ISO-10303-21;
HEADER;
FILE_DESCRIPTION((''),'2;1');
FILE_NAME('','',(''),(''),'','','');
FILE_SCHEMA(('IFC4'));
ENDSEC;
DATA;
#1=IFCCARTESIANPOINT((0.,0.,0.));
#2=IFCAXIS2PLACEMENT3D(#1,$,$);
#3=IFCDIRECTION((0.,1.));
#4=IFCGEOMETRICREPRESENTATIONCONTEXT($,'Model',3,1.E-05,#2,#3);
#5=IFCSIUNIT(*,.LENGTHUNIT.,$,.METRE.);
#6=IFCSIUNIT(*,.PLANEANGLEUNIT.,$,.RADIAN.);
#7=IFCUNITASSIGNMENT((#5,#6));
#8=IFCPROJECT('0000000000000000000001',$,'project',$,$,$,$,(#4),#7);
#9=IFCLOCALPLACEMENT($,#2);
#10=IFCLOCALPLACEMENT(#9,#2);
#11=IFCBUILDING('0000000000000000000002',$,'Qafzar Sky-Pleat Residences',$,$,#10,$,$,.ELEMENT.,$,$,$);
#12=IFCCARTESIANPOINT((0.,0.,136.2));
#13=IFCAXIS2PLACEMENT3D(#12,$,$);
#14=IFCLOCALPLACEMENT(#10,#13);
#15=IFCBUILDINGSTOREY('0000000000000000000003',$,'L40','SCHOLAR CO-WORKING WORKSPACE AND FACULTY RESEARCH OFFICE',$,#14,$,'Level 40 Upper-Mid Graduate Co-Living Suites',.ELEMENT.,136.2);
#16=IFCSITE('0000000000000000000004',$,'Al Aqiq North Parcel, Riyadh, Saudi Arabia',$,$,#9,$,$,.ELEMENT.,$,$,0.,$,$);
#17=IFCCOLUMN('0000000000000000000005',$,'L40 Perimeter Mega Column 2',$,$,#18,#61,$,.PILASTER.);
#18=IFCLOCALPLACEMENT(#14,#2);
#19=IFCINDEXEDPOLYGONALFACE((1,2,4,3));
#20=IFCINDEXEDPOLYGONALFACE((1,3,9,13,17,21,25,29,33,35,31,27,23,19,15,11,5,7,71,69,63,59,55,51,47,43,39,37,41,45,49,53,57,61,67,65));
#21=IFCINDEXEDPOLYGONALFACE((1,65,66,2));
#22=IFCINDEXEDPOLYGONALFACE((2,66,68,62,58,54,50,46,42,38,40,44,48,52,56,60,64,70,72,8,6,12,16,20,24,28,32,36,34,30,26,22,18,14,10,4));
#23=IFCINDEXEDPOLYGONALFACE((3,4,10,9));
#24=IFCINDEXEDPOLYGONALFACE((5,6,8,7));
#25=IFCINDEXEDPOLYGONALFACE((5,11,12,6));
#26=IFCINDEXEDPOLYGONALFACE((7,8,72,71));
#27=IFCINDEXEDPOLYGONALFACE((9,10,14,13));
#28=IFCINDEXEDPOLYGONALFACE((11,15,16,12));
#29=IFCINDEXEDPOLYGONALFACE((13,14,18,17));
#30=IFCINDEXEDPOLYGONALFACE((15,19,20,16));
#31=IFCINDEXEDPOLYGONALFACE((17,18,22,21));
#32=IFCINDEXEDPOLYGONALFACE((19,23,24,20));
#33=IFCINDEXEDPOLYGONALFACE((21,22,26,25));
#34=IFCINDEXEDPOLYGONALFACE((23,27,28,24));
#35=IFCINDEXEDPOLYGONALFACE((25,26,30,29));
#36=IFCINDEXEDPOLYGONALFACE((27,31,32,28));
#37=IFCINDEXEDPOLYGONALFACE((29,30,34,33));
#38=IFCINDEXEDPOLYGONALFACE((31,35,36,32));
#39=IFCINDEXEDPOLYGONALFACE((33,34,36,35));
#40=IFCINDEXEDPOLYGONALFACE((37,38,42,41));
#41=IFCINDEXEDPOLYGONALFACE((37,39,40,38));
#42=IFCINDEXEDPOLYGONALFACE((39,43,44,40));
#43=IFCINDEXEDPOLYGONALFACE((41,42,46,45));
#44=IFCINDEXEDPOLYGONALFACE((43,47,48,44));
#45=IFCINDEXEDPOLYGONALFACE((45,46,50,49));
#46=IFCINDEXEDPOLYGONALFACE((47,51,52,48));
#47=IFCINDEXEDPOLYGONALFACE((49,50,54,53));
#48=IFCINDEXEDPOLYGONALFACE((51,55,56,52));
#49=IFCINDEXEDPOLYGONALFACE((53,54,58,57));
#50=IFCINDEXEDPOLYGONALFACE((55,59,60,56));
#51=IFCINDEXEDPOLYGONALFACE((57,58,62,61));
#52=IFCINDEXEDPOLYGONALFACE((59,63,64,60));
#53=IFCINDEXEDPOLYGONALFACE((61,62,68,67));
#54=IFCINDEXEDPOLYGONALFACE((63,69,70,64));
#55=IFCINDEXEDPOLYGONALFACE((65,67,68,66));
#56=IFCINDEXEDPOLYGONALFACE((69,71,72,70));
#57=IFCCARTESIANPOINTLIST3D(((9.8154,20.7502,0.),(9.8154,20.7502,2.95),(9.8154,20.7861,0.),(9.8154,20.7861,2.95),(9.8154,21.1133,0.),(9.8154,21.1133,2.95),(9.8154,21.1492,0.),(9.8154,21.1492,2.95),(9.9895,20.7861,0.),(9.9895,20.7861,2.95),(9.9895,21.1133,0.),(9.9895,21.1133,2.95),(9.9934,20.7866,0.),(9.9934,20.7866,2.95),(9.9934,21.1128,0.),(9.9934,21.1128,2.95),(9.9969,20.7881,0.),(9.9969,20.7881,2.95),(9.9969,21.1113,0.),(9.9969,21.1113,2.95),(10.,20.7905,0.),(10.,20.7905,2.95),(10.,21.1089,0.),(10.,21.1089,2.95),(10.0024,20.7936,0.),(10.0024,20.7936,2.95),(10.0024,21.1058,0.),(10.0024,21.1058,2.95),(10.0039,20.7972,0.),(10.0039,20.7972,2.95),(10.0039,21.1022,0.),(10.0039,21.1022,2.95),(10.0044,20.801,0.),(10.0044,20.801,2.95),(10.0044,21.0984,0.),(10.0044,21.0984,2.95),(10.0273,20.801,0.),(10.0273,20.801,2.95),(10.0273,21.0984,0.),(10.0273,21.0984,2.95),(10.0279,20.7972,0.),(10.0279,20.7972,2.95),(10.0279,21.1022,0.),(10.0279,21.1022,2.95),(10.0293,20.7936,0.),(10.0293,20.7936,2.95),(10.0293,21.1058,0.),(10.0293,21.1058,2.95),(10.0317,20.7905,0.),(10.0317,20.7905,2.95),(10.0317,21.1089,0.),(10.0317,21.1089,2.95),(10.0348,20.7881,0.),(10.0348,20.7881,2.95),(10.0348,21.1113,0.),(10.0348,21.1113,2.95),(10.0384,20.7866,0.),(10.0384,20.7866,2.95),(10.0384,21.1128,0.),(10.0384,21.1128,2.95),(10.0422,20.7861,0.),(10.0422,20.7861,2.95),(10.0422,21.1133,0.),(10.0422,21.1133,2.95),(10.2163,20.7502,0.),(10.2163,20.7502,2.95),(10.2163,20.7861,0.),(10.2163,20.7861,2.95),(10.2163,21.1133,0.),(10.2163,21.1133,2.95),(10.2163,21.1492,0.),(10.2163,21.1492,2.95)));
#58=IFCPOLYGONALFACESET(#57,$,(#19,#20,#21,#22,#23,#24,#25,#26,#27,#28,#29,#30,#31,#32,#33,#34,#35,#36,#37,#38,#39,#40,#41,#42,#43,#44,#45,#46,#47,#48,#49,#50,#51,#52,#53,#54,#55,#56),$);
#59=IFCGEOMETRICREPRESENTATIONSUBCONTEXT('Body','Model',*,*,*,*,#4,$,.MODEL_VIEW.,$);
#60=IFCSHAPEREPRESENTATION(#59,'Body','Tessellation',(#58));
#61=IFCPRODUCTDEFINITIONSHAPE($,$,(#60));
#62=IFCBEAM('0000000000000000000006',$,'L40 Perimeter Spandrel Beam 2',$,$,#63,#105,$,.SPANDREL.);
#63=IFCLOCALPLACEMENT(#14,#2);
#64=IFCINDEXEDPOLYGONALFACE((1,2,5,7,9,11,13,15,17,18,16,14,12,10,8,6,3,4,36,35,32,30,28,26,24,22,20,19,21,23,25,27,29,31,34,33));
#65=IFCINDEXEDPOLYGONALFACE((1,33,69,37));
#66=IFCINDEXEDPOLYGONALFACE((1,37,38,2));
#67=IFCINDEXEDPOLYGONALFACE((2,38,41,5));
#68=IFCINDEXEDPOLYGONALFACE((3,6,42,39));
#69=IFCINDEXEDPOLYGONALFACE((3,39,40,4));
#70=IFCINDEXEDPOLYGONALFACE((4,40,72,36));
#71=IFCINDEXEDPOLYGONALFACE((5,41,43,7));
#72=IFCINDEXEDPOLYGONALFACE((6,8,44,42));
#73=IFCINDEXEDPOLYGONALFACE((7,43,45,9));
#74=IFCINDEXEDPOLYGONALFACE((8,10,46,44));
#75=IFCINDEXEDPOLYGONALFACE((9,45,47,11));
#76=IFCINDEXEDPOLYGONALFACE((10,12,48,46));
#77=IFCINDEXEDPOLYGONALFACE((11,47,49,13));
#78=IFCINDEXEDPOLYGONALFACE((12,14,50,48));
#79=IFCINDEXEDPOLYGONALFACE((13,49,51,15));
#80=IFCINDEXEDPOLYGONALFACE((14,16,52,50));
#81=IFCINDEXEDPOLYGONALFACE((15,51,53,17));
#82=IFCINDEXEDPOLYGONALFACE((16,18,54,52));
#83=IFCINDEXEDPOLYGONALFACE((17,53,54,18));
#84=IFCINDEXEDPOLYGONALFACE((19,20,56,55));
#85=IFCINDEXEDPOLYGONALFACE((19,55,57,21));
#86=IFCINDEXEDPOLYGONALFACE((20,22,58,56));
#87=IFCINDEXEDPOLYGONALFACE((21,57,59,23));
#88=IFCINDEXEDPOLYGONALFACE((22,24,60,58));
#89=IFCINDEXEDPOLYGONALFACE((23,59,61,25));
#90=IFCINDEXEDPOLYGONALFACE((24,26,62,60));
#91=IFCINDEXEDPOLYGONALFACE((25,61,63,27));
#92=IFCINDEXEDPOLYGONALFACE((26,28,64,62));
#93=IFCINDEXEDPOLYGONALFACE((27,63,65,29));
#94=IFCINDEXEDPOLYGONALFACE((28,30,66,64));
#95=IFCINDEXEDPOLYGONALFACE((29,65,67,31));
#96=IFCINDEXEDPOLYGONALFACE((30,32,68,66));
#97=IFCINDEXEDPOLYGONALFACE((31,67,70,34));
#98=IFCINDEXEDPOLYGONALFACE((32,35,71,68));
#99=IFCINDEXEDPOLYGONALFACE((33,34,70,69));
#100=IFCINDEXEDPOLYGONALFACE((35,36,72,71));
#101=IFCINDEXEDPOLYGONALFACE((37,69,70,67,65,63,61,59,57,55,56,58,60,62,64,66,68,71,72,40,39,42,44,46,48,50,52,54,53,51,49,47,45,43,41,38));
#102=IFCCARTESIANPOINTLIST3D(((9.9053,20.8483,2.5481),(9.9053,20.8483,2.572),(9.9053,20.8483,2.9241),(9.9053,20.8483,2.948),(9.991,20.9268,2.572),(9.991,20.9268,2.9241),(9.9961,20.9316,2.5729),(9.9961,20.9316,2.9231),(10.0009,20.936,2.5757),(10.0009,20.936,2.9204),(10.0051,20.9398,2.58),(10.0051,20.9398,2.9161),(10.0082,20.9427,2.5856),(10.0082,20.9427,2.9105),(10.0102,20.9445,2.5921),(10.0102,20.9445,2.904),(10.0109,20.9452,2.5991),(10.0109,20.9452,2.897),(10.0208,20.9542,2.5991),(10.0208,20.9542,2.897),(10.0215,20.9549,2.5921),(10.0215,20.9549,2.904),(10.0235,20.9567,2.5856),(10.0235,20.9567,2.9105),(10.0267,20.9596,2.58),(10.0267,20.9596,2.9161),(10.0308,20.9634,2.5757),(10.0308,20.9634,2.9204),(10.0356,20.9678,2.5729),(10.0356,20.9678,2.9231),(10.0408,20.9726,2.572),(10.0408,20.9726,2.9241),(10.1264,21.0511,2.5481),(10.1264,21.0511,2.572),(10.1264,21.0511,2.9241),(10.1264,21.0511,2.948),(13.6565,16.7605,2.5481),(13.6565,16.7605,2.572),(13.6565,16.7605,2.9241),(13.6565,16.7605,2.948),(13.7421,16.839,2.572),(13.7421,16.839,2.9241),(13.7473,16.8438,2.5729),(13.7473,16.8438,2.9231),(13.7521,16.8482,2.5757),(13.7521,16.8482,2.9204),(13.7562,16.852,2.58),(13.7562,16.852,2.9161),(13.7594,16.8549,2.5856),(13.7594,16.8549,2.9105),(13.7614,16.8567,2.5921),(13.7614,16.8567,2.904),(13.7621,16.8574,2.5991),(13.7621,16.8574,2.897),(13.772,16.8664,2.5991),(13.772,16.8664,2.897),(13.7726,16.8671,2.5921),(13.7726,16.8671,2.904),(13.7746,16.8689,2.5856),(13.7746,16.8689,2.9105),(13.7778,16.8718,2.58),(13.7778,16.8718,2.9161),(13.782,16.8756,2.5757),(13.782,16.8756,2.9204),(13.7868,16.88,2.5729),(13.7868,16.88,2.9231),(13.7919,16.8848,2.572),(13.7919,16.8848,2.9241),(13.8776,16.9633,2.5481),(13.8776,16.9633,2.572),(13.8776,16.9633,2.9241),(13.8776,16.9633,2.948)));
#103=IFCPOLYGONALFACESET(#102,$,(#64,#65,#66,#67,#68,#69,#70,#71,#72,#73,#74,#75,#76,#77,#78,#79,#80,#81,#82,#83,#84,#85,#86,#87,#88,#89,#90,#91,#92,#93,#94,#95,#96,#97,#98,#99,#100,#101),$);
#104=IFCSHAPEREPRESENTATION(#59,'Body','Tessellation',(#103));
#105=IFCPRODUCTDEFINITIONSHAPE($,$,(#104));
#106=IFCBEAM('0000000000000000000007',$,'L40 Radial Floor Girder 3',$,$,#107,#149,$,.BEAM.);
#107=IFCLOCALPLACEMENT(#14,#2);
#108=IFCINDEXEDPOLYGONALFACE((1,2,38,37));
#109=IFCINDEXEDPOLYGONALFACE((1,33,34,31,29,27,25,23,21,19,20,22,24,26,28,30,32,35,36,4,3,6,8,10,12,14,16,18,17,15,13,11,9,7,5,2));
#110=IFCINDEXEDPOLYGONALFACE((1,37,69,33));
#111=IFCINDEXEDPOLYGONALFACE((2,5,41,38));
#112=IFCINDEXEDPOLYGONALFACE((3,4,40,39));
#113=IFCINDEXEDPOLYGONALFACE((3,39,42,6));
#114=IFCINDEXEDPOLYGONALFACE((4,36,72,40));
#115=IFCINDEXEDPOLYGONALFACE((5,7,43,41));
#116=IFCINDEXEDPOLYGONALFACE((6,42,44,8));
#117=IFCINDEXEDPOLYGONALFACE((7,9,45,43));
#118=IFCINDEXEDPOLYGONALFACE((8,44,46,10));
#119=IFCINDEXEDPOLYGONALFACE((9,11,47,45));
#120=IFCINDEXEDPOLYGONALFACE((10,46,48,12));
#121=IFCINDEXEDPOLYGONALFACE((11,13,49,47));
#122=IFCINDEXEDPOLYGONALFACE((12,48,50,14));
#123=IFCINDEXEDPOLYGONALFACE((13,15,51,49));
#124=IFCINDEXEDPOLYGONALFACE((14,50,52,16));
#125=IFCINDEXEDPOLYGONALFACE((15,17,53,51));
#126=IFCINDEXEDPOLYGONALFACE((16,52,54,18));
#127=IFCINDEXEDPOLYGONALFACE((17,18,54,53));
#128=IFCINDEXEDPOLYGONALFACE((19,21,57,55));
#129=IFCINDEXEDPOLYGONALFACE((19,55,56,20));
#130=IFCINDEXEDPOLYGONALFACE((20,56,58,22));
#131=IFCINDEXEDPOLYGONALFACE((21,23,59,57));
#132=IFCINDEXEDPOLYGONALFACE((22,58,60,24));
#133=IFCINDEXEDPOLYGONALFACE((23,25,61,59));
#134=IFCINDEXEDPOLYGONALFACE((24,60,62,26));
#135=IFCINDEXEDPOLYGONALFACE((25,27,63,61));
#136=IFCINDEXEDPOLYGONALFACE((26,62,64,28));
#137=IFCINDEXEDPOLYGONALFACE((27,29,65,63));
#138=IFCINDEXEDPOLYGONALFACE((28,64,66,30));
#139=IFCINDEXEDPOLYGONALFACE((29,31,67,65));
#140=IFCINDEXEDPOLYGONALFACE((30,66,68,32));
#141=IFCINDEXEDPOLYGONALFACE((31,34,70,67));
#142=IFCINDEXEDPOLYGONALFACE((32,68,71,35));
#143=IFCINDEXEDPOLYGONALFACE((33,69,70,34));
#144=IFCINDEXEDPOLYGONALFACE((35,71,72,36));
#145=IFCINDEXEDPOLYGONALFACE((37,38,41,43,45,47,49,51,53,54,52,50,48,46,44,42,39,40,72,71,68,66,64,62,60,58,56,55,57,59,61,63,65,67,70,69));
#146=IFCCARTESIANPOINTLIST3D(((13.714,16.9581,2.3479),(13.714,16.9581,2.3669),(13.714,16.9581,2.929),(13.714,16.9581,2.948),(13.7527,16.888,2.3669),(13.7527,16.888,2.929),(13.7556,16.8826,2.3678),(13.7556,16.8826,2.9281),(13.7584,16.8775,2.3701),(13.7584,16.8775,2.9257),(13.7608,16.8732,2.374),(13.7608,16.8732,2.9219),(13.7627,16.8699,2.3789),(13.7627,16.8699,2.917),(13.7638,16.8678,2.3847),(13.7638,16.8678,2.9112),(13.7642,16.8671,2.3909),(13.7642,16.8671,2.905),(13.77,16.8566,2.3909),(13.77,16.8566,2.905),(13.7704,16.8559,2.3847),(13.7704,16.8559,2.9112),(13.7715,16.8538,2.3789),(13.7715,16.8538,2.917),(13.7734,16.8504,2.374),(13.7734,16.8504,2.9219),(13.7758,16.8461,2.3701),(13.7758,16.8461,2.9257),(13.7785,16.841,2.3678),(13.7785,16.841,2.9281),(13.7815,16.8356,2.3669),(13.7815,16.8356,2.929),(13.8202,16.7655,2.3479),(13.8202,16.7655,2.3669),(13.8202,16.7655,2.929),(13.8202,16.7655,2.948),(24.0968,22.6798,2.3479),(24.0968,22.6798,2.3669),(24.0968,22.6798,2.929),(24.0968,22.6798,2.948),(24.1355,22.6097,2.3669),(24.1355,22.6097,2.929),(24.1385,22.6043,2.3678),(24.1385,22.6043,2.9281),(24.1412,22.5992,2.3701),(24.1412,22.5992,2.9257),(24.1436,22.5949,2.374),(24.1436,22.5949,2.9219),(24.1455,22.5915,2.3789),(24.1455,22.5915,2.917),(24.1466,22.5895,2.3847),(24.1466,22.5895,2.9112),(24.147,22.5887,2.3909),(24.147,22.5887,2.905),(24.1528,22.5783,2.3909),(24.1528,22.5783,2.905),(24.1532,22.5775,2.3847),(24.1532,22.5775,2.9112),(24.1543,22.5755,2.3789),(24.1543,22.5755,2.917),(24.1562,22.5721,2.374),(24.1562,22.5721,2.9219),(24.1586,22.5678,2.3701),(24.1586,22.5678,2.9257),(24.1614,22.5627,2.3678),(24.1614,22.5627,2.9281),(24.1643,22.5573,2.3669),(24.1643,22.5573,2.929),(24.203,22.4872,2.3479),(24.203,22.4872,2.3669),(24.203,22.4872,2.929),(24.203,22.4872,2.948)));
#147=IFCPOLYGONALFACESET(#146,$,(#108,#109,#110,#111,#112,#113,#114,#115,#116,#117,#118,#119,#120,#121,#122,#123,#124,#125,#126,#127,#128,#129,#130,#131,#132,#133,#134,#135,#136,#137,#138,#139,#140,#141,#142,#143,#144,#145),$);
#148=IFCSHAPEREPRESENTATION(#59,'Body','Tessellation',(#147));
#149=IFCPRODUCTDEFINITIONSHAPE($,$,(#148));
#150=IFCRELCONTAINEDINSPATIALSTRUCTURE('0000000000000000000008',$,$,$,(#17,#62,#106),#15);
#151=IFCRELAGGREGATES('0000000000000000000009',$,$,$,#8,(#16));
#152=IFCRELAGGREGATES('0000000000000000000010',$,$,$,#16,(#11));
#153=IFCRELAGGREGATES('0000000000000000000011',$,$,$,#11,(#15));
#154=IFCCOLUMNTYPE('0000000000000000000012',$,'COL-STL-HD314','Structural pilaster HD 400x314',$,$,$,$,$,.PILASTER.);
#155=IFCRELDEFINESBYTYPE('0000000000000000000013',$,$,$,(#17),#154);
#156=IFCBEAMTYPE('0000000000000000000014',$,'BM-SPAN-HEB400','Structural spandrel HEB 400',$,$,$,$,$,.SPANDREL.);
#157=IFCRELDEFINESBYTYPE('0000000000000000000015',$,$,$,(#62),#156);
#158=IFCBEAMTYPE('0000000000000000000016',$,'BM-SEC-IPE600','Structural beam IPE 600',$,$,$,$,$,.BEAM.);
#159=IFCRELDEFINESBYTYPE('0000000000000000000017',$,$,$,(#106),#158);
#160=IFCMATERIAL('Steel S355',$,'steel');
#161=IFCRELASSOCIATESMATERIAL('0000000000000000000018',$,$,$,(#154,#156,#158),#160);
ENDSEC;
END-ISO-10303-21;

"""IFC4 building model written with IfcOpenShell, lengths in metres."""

from ifc_helpers import new_model, si_unit, direction, frame, origin, origin_2d, place, context, subcontext, project, spatial, i_section, extrude, source, transform, mapped, material, material_profile, profile_set, type_object, element, save


model = new_model("IFC4")

# Units and contexts
model_context = context("Model", 3, precision=1e-05, world=origin(), true_north=direction((0.0, 1.0)))
body_context = subcontext(model_context, "Body", "Model", "MODEL_VIEW")
ifc_project = project(units=[si_unit("LENGTHUNIT", "METRE"), si_unit("PLANEANGLEUNIT", "RADIAN")], contexts=[model_context])

# Site, building, storey
site_placement = place(None, origin())
site = spatial("IfcSite", under=ifc_project, at=site_placement, Name="Al Aqiq North Parcel, Riyadh, Saudi Arabia", CompositionType="ELEMENT", RefElevation=0.0)
building_placement = place(site_placement, origin())
building = spatial("IfcBuilding", under=site, at=building_placement, Name="Qafzar Sky-Pleat Residences", CompositionType="ELEMENT")
storey_placement = place(building_placement, frame((0.0, 0.0, 136.2)))
storey = spatial("IfcBuildingStorey", under=building, at=storey_placement, Name="L40", Description="SCHOLAR CO-WORKING WORKSPACE AND FACULTY RESEARCH OFFICE", LongName="Level 40 Upper-Mid Graduate Co-Living Suites", CompositionType="ELEMENT", Elevation=136.2)

# Column
ifc_material_1 = material(Name="Steel S355", Category="steel")
ifc_material_profile_1 = material_profile(ifc_material_1, i_section(OverallWidth=0.4009, OverallDepth=0.3989, WebThickness=0.0229, FlangeThickness=0.0359, FilletRadius=0.0149, at=origin_2d()), Name="HD 400x314")
ifc_profile_set_1 = profile_set([ifc_material_profile_1], Name="Steel S355")
column_type = type_object("IfcColumnType", Name="COL-STL-HD314", Description="Structural pilaster HD 400x314", PredefinedType="PILASTER", material=ifc_profile_set_1)
shared_shape_1 = source(origin(), body_context, "Body", "SweptSolid", [
    extrude(i_section(OverallWidth=0.4009, OverallDepth=0.3989, WebThickness=0.0229, FlangeThickness=0.0359, FilletRadius=0.0149, at=origin_2d()), origin(), (0.0, 0.0, 1.0), 2.95),
])
column_placement = place(storey_placement, frame((10.0159, 20.9497, 0.0), z_axis=(0.0, 0.0, 1.0), x_axis=(1.0, 0.0, 0.0)))
element("IfcColumn", 1, at=column_placement, inside=storey, type_object=column_type, Name="L40 Perimeter Mega Column 2", PredefinedType="PILASTER", context=body_context, shape_type="MappedRepresentation", body=[
    mapped(shared_shape_1, transform((0.0, 0.0, 0.0), x_axis=(1.0, 0.0, 0.0), y_axis=(0.0, 1.0, 0.0), z_axis=(0.0, 0.0, 1.0), scale=1.0)),
])

# Beams
ifc_material_profile_2 = material_profile(ifc_material_1, i_section(OverallWidth=0.3, OverallDepth=0.3999, WebThickness=0.0134, FlangeThickness=0.0239, FilletRadius=0.0271, at=origin_2d()), Name="HEB 400")
ifc_profile_set_2 = profile_set([ifc_material_profile_2], Name="Steel S355")
beam_type_1 = type_object("IfcBeamType", Name="BM-SPAN-HEB400", Description="Structural spandrel HEB 400", PredefinedType="SPANDREL", material=ifc_profile_set_2)
shared_shape_2 = source(origin(), body_context, "Body", "SweptSolid", [
    extrude(i_section(OverallWidth=0.3, OverallDepth=0.3999, WebThickness=0.0134, FlangeThickness=0.0239, FilletRadius=0.0271, at=origin_2d()), origin(), (0.0, 0.0, 1.0), 5.5481),
])
beam_1_placement = place(storey_placement, frame((10.0159, 20.9497, 2.748), z_axis=(0.676115, -0.736796, 0.0), x_axis=(0.736796, 0.676115, 0.0)))
element("IfcBeam", 2, at=beam_1_placement, inside=storey, type_object=beam_type_1, Name="L40 Perimeter Spandrel Beam 2", PredefinedType="SPANDREL", context=body_context, shape_type="MappedRepresentation", body=[
    mapped(shared_shape_2, transform((0.0, 0.0, 0.0), x_axis=(1.0, 0.0, 0.0), y_axis=(0.0, 1.0, 0.0), z_axis=(0.0, 0.0, 1.0), scale=1.0)),
])
ifc_material_profile_3 = material_profile(ifc_material_1, i_section(OverallWidth=0.22, OverallDepth=0.6001, WebThickness=0.012, FlangeThickness=0.019, FilletRadius=0.0239, at=origin_2d()), Name="IPE 600")
ifc_profile_set_3 = profile_set([ifc_material_profile_3], Name="Steel S355")
beam_type_2 = type_object("IfcBeamType", Name="BM-SEC-IPE600", Description="Structural beam IPE 600", PredefinedType="BEAM", material=ifc_profile_set_3)
shared_shape_3 = source(origin(), body_context, "Body", "SweptSolid", [
    extrude(i_section(OverallWidth=0.22, OverallDepth=0.6001, WebThickness=0.012, FlangeThickness=0.019, FilletRadius=0.0239, at=origin_2d()), origin(), (0.0, 0.0, 1.0), 11.855),
])
beam_2_placement = place(storey_placement, frame((13.7671, 16.8618, 2.6479), z_axis=(0.875819, 0.48264, 0.0), x_axis=(-0.48264, 0.875819, 0.0)))
element("IfcBeam", 3, at=beam_2_placement, inside=storey, type_object=beam_type_2, Name="L40 Radial Floor Girder 3", PredefinedType="BEAM", context=body_context, shape_type="MappedRepresentation", body=[
    mapped(shared_shape_3, transform((0.0, 0.0, 0.0), x_axis=(1.0, 0.0, 0.0), y_axis=(0.0, 1.0, 0.0), z_axis=(0.0, 0.0, 1.0), scale=1.0)),
])

save(model, "model.ifc")
